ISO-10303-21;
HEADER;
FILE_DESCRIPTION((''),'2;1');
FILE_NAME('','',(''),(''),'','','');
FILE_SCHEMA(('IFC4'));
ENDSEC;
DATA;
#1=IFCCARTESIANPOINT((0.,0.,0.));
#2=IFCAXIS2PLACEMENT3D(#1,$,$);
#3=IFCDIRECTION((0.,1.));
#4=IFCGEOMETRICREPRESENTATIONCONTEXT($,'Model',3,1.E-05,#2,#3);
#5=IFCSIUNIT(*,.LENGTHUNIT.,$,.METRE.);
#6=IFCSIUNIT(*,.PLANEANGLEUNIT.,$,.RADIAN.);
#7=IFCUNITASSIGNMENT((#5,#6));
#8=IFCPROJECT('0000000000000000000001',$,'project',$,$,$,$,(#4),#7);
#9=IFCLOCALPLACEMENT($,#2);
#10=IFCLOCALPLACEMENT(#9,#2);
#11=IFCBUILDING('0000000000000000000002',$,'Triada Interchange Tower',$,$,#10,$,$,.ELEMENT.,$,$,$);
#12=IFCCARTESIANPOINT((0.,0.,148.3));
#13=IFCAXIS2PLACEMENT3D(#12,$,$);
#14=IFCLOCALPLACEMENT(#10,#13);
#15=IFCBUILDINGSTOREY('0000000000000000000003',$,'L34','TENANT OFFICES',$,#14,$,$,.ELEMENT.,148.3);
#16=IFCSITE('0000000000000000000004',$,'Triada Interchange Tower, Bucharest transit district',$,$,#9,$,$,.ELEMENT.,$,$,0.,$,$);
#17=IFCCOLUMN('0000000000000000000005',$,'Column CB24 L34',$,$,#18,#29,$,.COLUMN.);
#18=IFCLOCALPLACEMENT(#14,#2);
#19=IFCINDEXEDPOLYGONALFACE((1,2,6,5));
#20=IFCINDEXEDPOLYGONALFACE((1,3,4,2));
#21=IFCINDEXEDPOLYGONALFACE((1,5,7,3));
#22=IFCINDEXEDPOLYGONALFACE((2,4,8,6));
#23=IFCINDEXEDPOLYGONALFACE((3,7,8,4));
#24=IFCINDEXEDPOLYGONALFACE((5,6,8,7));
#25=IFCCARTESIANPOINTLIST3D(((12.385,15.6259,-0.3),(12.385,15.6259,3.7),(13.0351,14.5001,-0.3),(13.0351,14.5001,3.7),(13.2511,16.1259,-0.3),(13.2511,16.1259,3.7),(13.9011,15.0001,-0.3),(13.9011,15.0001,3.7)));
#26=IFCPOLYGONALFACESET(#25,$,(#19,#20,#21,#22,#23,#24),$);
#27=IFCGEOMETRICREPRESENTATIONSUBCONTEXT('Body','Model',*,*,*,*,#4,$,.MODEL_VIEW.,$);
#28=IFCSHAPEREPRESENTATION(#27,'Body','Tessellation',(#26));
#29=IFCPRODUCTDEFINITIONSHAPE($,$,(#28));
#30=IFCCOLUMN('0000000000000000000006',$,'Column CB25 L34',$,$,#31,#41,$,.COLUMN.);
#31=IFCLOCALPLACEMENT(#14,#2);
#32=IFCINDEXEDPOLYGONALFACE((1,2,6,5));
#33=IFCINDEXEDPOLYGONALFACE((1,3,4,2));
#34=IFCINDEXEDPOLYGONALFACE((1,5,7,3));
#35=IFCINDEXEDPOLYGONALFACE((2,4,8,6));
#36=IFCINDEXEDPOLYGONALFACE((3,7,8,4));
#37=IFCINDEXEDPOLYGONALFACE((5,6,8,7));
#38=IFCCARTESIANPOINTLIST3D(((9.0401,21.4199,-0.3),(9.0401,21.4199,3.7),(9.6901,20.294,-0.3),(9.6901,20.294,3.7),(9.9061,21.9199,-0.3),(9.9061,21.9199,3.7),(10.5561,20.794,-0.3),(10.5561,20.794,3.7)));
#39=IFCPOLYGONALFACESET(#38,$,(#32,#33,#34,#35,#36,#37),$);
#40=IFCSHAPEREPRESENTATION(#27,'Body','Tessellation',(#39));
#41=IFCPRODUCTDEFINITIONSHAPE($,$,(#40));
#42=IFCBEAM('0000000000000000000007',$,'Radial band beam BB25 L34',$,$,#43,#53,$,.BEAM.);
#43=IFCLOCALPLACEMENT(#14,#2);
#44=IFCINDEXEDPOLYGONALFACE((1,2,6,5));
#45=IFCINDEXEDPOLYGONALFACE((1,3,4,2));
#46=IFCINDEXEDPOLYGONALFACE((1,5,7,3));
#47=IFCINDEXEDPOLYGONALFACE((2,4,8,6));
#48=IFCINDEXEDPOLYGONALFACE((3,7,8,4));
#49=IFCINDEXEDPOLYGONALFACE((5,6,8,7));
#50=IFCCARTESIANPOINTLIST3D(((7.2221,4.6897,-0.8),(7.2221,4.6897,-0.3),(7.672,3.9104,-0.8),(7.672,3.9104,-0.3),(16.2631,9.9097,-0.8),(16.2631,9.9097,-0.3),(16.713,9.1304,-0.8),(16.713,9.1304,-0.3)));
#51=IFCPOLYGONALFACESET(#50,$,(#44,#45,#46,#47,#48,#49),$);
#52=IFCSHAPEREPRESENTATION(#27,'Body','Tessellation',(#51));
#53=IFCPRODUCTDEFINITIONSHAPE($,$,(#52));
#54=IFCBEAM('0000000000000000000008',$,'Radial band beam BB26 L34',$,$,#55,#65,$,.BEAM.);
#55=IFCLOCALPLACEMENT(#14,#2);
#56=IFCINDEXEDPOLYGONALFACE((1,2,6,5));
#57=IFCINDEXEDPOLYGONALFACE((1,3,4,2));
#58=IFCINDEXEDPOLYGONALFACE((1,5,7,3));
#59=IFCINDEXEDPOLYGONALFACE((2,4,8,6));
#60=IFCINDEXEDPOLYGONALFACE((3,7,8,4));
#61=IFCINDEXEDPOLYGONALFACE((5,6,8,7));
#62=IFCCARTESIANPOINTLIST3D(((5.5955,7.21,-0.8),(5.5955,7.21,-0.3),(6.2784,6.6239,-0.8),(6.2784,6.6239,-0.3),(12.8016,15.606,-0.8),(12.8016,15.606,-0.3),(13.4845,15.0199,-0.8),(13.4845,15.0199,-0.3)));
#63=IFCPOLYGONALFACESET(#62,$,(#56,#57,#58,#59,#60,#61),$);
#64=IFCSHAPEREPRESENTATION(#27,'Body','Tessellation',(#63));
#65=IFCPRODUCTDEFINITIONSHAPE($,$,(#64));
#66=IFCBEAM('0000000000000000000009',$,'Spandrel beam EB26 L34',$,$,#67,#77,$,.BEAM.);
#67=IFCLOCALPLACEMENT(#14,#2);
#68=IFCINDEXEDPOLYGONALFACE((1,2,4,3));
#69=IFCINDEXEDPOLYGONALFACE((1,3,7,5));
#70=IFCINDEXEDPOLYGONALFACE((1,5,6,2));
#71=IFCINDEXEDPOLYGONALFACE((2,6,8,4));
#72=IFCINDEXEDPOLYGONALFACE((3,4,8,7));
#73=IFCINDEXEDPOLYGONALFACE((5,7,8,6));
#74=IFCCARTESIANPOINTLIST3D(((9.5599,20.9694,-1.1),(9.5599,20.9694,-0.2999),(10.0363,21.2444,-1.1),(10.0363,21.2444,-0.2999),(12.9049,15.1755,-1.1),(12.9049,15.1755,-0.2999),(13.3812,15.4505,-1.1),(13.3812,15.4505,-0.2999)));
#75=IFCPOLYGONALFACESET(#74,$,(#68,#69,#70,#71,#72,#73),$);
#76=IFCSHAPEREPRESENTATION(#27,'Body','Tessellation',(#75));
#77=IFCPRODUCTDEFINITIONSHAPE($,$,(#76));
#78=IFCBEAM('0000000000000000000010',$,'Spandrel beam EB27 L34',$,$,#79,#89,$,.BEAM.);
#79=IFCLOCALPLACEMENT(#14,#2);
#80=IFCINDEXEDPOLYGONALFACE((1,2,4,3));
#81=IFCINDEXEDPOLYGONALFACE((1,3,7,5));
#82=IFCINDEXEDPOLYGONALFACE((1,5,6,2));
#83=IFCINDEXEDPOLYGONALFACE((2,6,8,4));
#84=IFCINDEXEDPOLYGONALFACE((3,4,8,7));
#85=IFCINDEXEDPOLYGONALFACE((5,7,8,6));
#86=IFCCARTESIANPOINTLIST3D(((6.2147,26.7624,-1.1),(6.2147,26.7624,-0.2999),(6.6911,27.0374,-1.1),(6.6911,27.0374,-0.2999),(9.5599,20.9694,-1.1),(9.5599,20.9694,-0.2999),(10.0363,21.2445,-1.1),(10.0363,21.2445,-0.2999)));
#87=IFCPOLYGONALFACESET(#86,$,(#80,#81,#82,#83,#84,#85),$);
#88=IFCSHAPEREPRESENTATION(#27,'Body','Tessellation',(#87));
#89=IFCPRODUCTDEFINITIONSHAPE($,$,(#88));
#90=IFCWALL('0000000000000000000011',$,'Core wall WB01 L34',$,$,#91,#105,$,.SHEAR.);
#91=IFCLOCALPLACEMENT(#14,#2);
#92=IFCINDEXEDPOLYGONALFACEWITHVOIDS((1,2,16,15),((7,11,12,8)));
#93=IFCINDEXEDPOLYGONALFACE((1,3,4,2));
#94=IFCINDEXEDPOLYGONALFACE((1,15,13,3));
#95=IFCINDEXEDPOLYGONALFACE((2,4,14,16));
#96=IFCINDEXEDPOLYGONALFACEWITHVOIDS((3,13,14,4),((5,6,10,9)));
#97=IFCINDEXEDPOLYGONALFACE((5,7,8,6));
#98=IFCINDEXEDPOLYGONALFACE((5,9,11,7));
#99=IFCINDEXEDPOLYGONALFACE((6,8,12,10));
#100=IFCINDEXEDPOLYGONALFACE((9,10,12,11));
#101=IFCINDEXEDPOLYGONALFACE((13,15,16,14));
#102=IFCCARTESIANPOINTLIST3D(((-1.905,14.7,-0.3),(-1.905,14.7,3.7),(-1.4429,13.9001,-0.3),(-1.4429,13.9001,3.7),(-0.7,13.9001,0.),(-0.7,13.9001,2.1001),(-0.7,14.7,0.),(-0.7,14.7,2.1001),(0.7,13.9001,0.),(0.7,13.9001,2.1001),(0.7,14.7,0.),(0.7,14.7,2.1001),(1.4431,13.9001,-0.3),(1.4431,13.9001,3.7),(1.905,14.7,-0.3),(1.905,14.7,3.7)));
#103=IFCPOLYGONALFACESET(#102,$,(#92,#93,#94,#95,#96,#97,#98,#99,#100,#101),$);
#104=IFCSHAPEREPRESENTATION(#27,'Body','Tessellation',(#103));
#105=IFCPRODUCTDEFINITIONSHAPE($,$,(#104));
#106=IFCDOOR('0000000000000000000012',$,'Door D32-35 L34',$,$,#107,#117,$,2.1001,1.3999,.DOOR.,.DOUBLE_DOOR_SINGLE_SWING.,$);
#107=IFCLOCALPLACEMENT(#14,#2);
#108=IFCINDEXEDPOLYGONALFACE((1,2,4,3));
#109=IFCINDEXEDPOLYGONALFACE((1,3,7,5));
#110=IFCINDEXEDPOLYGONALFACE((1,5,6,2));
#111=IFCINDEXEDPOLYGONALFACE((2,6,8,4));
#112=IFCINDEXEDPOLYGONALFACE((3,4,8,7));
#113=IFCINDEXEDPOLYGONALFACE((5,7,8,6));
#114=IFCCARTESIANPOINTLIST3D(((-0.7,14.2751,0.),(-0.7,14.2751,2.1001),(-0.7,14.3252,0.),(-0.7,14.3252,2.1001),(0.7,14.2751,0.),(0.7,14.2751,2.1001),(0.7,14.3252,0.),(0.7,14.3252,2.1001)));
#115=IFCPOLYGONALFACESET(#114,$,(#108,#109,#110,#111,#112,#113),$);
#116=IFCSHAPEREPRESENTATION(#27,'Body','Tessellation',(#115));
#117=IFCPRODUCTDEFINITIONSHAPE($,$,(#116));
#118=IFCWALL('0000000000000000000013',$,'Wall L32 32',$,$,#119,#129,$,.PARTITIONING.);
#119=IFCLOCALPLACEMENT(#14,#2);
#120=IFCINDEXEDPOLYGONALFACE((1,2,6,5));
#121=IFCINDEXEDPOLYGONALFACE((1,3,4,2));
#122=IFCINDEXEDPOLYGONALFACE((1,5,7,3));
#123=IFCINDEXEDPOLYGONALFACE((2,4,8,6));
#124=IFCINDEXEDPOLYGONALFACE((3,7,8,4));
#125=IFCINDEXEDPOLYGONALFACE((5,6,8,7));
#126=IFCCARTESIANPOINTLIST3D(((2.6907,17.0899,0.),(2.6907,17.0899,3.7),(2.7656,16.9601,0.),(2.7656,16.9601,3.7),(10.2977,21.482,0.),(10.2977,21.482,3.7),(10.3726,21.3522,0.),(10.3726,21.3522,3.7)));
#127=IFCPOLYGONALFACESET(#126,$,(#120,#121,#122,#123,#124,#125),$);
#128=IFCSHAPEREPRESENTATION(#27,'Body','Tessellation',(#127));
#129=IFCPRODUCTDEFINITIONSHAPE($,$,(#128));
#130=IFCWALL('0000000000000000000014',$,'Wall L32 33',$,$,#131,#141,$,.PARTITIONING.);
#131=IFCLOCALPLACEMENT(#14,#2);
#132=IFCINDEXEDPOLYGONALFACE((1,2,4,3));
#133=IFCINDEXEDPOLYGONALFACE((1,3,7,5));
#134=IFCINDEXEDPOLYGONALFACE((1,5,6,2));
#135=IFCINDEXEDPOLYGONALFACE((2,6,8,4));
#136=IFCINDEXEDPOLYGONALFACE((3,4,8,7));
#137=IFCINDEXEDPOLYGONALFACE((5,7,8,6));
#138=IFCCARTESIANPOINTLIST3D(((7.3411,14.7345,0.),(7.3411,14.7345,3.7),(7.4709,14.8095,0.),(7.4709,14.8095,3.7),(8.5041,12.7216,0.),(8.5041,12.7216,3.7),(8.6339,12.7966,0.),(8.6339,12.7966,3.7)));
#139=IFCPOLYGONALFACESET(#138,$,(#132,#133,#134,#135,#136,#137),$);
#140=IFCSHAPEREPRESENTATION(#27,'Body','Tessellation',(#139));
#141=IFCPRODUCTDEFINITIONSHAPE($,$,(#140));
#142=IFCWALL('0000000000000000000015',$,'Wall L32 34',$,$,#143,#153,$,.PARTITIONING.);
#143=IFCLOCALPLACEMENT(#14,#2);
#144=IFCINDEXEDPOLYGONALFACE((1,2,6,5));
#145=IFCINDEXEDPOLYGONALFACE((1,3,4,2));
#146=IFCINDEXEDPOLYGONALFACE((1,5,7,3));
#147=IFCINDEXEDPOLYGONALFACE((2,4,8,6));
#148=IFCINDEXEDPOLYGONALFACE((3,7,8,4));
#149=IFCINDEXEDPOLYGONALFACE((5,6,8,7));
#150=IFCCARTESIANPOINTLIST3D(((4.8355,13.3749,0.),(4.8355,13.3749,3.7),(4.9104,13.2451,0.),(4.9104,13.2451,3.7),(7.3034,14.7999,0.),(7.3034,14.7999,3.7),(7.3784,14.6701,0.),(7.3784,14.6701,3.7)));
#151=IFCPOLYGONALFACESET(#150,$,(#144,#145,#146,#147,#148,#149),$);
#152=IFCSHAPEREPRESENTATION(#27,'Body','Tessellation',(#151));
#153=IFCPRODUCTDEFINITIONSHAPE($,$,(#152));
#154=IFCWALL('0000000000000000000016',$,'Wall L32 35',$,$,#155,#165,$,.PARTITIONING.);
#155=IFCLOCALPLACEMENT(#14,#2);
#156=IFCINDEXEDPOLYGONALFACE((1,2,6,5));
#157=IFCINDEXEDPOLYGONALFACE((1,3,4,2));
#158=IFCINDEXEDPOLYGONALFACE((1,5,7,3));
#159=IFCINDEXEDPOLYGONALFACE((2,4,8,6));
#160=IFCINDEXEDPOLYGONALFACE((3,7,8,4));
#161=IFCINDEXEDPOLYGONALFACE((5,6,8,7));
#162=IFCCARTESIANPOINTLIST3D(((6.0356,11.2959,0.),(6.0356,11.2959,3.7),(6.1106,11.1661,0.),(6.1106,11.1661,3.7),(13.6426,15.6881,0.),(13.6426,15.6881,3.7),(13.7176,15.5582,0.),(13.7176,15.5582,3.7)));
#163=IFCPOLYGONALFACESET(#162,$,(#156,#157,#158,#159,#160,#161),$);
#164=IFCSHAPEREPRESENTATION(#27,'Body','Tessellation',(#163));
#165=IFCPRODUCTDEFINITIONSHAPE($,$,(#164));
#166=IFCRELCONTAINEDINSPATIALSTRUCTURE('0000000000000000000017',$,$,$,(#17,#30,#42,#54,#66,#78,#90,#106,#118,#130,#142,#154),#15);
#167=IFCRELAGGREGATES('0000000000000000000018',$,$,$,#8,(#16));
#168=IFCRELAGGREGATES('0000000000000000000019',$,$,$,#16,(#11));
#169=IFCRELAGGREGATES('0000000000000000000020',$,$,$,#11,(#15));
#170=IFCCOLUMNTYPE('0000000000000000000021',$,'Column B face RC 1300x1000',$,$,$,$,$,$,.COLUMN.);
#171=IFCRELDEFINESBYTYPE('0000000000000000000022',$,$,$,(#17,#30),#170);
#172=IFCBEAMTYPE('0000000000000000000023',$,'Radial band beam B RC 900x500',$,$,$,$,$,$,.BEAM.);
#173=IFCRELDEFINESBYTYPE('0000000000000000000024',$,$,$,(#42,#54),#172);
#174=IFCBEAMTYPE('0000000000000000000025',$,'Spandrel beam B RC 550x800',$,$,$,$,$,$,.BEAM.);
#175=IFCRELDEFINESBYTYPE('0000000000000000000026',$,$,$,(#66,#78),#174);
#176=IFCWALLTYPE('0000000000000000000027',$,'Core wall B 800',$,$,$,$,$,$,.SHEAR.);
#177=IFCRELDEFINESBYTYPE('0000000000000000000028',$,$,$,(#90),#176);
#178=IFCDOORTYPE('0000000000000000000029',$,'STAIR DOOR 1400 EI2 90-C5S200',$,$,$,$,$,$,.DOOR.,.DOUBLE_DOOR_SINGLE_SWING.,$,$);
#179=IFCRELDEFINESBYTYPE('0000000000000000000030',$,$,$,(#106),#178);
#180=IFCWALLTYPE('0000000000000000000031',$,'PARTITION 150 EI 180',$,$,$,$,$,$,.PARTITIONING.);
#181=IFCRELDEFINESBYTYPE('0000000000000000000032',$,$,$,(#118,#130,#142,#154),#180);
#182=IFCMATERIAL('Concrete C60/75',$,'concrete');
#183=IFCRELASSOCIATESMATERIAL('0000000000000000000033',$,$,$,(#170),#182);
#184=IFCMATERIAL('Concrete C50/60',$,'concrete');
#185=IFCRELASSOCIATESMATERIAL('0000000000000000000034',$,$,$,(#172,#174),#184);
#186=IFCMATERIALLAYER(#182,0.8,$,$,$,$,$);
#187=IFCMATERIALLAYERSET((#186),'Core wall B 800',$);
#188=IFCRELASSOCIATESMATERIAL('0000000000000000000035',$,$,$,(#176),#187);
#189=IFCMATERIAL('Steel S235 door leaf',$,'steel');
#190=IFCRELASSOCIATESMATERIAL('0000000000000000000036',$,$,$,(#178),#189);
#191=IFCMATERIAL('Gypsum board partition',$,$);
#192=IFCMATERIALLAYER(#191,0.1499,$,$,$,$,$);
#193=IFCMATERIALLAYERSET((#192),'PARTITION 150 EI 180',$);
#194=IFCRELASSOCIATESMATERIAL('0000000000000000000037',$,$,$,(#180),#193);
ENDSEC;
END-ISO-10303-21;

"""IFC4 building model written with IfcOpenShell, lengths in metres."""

from ifc_helpers import new_model, si_unit, direction, frame, frame_2d, origin, origin_2d, place, context, subcontext, project, spatial, polyline, rectangle, outline, extrude, material, layer, layer_set, material_profile, profile_set, type_object, element, fill, save


model = new_model("IFC4")

# Units and contexts
model_context = context("Model", 3, precision=1e-05, world=origin(), true_north=direction((0.0, 1.0)))
body_context = subcontext(model_context, "Body", "Model", "MODEL_VIEW")
ifc_project = project(units=[si_unit("LENGTHUNIT", "METRE"), si_unit("PLANEANGLEUNIT", "RADIAN")], contexts=[model_context])

# Site, building, storey
site_placement = place(None, origin())
site = spatial("IfcSite", under=ifc_project, at=site_placement, Name="Triada Interchange Tower, Bucharest transit district", CompositionType="ELEMENT", RefElevation=0.0)
building_placement = place(site_placement, origin())
building = spatial("IfcBuilding", under=site, at=building_placement, Name="Triada Interchange Tower", CompositionType="ELEMENT")
storey_placement = place(building_placement, frame((0.0, 0.0, 148.3)))
storey = spatial("IfcBuildingStorey", under=building, at=storey_placement, Name="L34", Description="TENANT OFFICES", CompositionType="ELEMENT", Elevation=148.3)

# Columns
ifc_material_1 = material(Name="Concrete C60/75", Category="concrete")
ifc_material_profile_1 = material_profile(ifc_material_1, rectangle(XDim=1.3, YDim=1.0, at=origin_2d()), Name="RC 1300x1000")
ifc_profile_set_1 = profile_set([ifc_material_profile_1], Name="Concrete C60/75")
column_type = type_object("IfcColumnType", Name="Column B face RC 1300x1000", PredefinedType="COLUMN", material=ifc_profile_set_1)
for number, where, z_axis, x_axis, name in (
    (1, (13.1431, 15.313, -0.3), (0.0, 0.0, 1.0), (-0.5, 0.866025, 0.0), "Column CB24 L34"),
    (2, (9.7981, 21.1069, -0.3), (0.0, 0.0, 1.0), (-0.5, 0.866025, 0.0), "Column CB25 L34"),
):
    element("IfcColumn", number, at=place(storey_placement, frame(where, z_axis=z_axis, x_axis=x_axis)), inside=storey, type_object=column_type, Name=name, PredefinedType="COLUMN", context=body_context, shape_type="SweptSolid", body=[
        extrude(rectangle(XDim=1.3, YDim=1.0, at=origin_2d()), origin(), (0.0, 0.0, 1.0), 4.0),
    ])

# Beams
ifc_material_2 = material(Name="Concrete C50/60", Category="concrete")
ifc_material_profile_2 = material_profile(ifc_material_2, rectangle(XDim=0.8999, YDim=0.5, at=origin_2d()), Name="RC 900x500")
ifc_profile_set_2 = profile_set([ifc_material_profile_2], Name="Concrete C50/60")
beam_type_1 = type_object("IfcBeamType", Name="Radial band beam B RC 900x500", PredefinedType="BEAM", material=ifc_profile_set_2)
beam_1_placement = place(storey_placement, frame((16.488, 9.52, -0.55), z_axis=(-0.86602, -0.50001, 0.0), x_axis=(0.50001, -0.86602, 0.0)))
element("IfcBeam", 3, at=beam_1_placement, inside=storey, type_object=beam_type_1, Name="Radial band beam BB25 L34", PredefinedType="BEAM", context=body_context, shape_type="SweptSolid", body=[
    extrude(rectangle(XDim=0.8999, YDim=0.5, at=origin_2d()), origin(), (0.0, 0.0, 1.0), 10.4397),
])
beam_2_placement = place(storey_placement, frame((13.1431, 15.313, -0.55), z_axis=(-0.651286, -0.758833, 0.0), x_axis=(0.758833, -0.651286, 0.0)))
element("IfcBeam", 4, at=beam_2_placement, inside=storey, type_object=beam_type_1, Name="Radial band beam BB26 L34", PredefinedType="BEAM", context=body_context, shape_type="SweptSolid", body=[
    extrude(rectangle(XDim=0.8999, YDim=0.5, at=origin_2d()), origin(), (0.0, 0.0, 1.0), 11.0645),
])
ifc_material_profile_3 = material_profile(ifc_material_2, rectangle(XDim=0.55, YDim=0.8, at=origin_2d()), Name="RC 550x800")
ifc_profile_set_3 = profile_set([ifc_material_profile_3], Name="Concrete C50/60")
beam_type_2 = type_object("IfcBeamType", Name="Spandrel beam B RC 550x800", PredefinedType="BEAM", material=ifc_profile_set_3)
beam_3_placement = place(storey_placement, frame((13.1431, 15.313, -0.7), z_axis=(-0.499981, 0.866036, 0.0), x_axis=(-0.866036, -0.499981, 0.0)))
element("IfcBeam", 5, at=beam_3_placement, inside=storey, type_object=beam_type_2, Name="Spandrel beam EB26 L34", PredefinedType="BEAM", context=body_context, shape_type="SweptSolid", body=[
    extrude(rectangle(XDim=0.55, YDim=0.8, at=origin_2d()), origin(), (0.0, 0.0, 1.0), 6.6902),
])
beam_4_placement = place(storey_placement, frame((9.7981, 21.1069, -0.7), z_axis=(-0.500072, 0.865984, 0.0), x_axis=(-0.865984, -0.500072, 0.0)))
element("IfcBeam", 6, at=beam_4_placement, inside=storey, type_object=beam_type_2, Name="Spandrel beam EB27 L34", PredefinedType="BEAM", context=body_context, shape_type="SweptSolid", body=[
    extrude(rectangle(XDim=0.55, YDim=0.8, at=origin_2d()), origin(), (0.0, 0.0, 1.0), 6.6895),
])

# Wall, opening, door
ifc_layer_1 = layer(ifc_material_1, 0.8)
ifc_layer_set_1 = layer_set([ifc_layer_1], Name="Core wall B 800")
wall_type_1 = type_object("IfcWallType", Name="Core wall B 800", PredefinedType="SHEAR", material=ifc_layer_set_1)
wall_1_placement = place(storey_placement, frame((1.6741, 14.3, -0.3), z_axis=(0.0, 0.0, 1.0), x_axis=(-1.0, 0.0, 0.0)))
wall_1 = element("IfcWall", 7, at=wall_1_placement, inside=storey, type_object=wall_type_1, Name="Core wall WB01 L34", PredefinedType="SHEAR", context=body_context, shape_type="SweptSolid", body=[
    extrude(outline(polyline([(-0.231, -0.3999), (1.6741, -0.3999), (3.5791, -0.3999), (3.1169, 0.3999), (1.6738, 0.3999), (0.231, 0.3999), (-0.231, -0.3999)])), origin(), (0.0, 0.0, 1.0), 4.0),
])
opening_1_placement = place(wall_1_placement, frame((0.9741, 0.0, 0.3)))
opening_1 = element("IfcOpeningElement", 8, at=opening_1_placement, cuts=wall_1, PredefinedType="OPENING", context=body_context, shape_type="SweptSolid", body=[
    extrude(rectangle(XDim=1.3999, YDim=2.1001, at=frame_2d((0.7, 1.05))), frame((0.0, 0.4099, 0.0), z_axis=(0.0, -1.0, 0.0), x_axis=(1.0, 0.0, 0.0)), (0.0, 0.0, 1.0), 0.8201),
])
ifc_material_3 = material(Name="Steel S235 door leaf", Category="steel")
door_type_1 = type_object("IfcDoorType", Name="STAIR DOOR 1400 EI2 90-C5S200", OperationType="DOUBLE_DOOR_SINGLE_SWING", PredefinedType="DOOR", material=ifc_material_3)
door_1_placement = place(opening_1_placement, origin())
door_1 = element("IfcDoor", 9, at=door_1_placement, inside=storey, type_object=door_type_1, Name="Door D32-35 L34", OperationType="DOUBLE_DOOR_SINGLE_SWING", OverallHeight=2.1001, OverallWidth=1.3999, PredefinedType="DOOR", context=body_context, shape_type="SweptSolid", body=[
    extrude(rectangle(XDim=1.3999, YDim=2.1001, at=frame_2d((0.7, 1.05))), frame((0.0, 0.0249, 0.0), z_axis=(0.0, -1.0, 0.0), x_axis=(1.0, 0.0, 0.0)), (0.0, 0.0, 1.0), 0.05),
])
fill(opening_1, door_1)

# Walls
ifc_material_4 = material(Name="Gypsum board partition")
ifc_layer_2 = layer(ifc_material_4, 0.1499)
ifc_layer_set_2 = layer_set([ifc_layer_2], Name="PARTITION 150 EI 180")
wall_type_2 = type_object("IfcWallType", Name="PARTITION 150 EI 180", PredefinedType="PARTITIONING", material=ifc_layer_set_2)
wall_2_placement = place(storey_placement, frame((2.728, 17.0249, 0.0), z_axis=(0.0, 0.0, 1.0), x_axis=(0.866014, 0.500019, 0.0)))
element("IfcWall", 10, at=wall_2_placement, inside=storey, type_object=wall_type_2, Name="Wall L32 32", PredefinedType="PARTITIONING", context=body_context, shape_type="SweptSolid", body=[
    extrude(rectangle(XDim=8.7839, YDim=0.1499, at=frame_2d((4.3921, 0.0))), origin(), (0.0, 0.0, 1.0), 3.7),
])
wall_3_placement = place(storey_placement, frame((7.406, 14.772, 0.0), z_axis=(0.0, 0.0, 1.0), x_axis=(0.500295, -0.865855, 0.0)))
element("IfcWall", 11, at=wall_3_placement, inside=storey, type_object=wall_type_2, Name="Wall L32 33", PredefinedType="PARTITIONING", context=body_context, shape_type="SweptSolid", body=[
    extrude(rectangle(XDim=2.3247, YDim=0.1499, at=frame_2d((1.1624, 0.0))), origin(), (0.0, 0.0, 1.0), 3.7),
])
wall_4_placement = place(storey_placement, frame((4.873, 13.3101, 0.0), z_axis=(0.0, 0.0, 1.0), x_axis=(0.866004, 0.500036, 0.0)))
element("IfcWall", 12, at=wall_4_placement, inside=storey, type_object=wall_type_2, Name="Wall L32 34", PredefinedType="PARTITIONING", context=body_context, shape_type="SweptSolid", body=[
    extrude(rectangle(XDim=2.8499, YDim=0.1499, at=frame_2d((1.4248, 0.0))), origin(), (0.0, 0.0, 1.0), 3.7),
])
wall_5_placement = place(storey_placement, frame((6.073, 11.231, 0.0), z_axis=(0.0, 0.0, 1.0), x_axis=(0.866014, 0.500019, 0.0)))
element("IfcWall", 13, at=wall_5_placement, inside=storey, type_object=wall_type_2, Name="Wall L32 35", PredefinedType="PARTITIONING", context=body_context, shape_type="SweptSolid", body=[
    extrude(rectangle(XDim=8.7839, YDim=0.1499, at=frame_2d((4.3921, 0.0))), origin(), (0.0, 0.0, 1.0), 3.7),
])

save(model, "model.ifc")
